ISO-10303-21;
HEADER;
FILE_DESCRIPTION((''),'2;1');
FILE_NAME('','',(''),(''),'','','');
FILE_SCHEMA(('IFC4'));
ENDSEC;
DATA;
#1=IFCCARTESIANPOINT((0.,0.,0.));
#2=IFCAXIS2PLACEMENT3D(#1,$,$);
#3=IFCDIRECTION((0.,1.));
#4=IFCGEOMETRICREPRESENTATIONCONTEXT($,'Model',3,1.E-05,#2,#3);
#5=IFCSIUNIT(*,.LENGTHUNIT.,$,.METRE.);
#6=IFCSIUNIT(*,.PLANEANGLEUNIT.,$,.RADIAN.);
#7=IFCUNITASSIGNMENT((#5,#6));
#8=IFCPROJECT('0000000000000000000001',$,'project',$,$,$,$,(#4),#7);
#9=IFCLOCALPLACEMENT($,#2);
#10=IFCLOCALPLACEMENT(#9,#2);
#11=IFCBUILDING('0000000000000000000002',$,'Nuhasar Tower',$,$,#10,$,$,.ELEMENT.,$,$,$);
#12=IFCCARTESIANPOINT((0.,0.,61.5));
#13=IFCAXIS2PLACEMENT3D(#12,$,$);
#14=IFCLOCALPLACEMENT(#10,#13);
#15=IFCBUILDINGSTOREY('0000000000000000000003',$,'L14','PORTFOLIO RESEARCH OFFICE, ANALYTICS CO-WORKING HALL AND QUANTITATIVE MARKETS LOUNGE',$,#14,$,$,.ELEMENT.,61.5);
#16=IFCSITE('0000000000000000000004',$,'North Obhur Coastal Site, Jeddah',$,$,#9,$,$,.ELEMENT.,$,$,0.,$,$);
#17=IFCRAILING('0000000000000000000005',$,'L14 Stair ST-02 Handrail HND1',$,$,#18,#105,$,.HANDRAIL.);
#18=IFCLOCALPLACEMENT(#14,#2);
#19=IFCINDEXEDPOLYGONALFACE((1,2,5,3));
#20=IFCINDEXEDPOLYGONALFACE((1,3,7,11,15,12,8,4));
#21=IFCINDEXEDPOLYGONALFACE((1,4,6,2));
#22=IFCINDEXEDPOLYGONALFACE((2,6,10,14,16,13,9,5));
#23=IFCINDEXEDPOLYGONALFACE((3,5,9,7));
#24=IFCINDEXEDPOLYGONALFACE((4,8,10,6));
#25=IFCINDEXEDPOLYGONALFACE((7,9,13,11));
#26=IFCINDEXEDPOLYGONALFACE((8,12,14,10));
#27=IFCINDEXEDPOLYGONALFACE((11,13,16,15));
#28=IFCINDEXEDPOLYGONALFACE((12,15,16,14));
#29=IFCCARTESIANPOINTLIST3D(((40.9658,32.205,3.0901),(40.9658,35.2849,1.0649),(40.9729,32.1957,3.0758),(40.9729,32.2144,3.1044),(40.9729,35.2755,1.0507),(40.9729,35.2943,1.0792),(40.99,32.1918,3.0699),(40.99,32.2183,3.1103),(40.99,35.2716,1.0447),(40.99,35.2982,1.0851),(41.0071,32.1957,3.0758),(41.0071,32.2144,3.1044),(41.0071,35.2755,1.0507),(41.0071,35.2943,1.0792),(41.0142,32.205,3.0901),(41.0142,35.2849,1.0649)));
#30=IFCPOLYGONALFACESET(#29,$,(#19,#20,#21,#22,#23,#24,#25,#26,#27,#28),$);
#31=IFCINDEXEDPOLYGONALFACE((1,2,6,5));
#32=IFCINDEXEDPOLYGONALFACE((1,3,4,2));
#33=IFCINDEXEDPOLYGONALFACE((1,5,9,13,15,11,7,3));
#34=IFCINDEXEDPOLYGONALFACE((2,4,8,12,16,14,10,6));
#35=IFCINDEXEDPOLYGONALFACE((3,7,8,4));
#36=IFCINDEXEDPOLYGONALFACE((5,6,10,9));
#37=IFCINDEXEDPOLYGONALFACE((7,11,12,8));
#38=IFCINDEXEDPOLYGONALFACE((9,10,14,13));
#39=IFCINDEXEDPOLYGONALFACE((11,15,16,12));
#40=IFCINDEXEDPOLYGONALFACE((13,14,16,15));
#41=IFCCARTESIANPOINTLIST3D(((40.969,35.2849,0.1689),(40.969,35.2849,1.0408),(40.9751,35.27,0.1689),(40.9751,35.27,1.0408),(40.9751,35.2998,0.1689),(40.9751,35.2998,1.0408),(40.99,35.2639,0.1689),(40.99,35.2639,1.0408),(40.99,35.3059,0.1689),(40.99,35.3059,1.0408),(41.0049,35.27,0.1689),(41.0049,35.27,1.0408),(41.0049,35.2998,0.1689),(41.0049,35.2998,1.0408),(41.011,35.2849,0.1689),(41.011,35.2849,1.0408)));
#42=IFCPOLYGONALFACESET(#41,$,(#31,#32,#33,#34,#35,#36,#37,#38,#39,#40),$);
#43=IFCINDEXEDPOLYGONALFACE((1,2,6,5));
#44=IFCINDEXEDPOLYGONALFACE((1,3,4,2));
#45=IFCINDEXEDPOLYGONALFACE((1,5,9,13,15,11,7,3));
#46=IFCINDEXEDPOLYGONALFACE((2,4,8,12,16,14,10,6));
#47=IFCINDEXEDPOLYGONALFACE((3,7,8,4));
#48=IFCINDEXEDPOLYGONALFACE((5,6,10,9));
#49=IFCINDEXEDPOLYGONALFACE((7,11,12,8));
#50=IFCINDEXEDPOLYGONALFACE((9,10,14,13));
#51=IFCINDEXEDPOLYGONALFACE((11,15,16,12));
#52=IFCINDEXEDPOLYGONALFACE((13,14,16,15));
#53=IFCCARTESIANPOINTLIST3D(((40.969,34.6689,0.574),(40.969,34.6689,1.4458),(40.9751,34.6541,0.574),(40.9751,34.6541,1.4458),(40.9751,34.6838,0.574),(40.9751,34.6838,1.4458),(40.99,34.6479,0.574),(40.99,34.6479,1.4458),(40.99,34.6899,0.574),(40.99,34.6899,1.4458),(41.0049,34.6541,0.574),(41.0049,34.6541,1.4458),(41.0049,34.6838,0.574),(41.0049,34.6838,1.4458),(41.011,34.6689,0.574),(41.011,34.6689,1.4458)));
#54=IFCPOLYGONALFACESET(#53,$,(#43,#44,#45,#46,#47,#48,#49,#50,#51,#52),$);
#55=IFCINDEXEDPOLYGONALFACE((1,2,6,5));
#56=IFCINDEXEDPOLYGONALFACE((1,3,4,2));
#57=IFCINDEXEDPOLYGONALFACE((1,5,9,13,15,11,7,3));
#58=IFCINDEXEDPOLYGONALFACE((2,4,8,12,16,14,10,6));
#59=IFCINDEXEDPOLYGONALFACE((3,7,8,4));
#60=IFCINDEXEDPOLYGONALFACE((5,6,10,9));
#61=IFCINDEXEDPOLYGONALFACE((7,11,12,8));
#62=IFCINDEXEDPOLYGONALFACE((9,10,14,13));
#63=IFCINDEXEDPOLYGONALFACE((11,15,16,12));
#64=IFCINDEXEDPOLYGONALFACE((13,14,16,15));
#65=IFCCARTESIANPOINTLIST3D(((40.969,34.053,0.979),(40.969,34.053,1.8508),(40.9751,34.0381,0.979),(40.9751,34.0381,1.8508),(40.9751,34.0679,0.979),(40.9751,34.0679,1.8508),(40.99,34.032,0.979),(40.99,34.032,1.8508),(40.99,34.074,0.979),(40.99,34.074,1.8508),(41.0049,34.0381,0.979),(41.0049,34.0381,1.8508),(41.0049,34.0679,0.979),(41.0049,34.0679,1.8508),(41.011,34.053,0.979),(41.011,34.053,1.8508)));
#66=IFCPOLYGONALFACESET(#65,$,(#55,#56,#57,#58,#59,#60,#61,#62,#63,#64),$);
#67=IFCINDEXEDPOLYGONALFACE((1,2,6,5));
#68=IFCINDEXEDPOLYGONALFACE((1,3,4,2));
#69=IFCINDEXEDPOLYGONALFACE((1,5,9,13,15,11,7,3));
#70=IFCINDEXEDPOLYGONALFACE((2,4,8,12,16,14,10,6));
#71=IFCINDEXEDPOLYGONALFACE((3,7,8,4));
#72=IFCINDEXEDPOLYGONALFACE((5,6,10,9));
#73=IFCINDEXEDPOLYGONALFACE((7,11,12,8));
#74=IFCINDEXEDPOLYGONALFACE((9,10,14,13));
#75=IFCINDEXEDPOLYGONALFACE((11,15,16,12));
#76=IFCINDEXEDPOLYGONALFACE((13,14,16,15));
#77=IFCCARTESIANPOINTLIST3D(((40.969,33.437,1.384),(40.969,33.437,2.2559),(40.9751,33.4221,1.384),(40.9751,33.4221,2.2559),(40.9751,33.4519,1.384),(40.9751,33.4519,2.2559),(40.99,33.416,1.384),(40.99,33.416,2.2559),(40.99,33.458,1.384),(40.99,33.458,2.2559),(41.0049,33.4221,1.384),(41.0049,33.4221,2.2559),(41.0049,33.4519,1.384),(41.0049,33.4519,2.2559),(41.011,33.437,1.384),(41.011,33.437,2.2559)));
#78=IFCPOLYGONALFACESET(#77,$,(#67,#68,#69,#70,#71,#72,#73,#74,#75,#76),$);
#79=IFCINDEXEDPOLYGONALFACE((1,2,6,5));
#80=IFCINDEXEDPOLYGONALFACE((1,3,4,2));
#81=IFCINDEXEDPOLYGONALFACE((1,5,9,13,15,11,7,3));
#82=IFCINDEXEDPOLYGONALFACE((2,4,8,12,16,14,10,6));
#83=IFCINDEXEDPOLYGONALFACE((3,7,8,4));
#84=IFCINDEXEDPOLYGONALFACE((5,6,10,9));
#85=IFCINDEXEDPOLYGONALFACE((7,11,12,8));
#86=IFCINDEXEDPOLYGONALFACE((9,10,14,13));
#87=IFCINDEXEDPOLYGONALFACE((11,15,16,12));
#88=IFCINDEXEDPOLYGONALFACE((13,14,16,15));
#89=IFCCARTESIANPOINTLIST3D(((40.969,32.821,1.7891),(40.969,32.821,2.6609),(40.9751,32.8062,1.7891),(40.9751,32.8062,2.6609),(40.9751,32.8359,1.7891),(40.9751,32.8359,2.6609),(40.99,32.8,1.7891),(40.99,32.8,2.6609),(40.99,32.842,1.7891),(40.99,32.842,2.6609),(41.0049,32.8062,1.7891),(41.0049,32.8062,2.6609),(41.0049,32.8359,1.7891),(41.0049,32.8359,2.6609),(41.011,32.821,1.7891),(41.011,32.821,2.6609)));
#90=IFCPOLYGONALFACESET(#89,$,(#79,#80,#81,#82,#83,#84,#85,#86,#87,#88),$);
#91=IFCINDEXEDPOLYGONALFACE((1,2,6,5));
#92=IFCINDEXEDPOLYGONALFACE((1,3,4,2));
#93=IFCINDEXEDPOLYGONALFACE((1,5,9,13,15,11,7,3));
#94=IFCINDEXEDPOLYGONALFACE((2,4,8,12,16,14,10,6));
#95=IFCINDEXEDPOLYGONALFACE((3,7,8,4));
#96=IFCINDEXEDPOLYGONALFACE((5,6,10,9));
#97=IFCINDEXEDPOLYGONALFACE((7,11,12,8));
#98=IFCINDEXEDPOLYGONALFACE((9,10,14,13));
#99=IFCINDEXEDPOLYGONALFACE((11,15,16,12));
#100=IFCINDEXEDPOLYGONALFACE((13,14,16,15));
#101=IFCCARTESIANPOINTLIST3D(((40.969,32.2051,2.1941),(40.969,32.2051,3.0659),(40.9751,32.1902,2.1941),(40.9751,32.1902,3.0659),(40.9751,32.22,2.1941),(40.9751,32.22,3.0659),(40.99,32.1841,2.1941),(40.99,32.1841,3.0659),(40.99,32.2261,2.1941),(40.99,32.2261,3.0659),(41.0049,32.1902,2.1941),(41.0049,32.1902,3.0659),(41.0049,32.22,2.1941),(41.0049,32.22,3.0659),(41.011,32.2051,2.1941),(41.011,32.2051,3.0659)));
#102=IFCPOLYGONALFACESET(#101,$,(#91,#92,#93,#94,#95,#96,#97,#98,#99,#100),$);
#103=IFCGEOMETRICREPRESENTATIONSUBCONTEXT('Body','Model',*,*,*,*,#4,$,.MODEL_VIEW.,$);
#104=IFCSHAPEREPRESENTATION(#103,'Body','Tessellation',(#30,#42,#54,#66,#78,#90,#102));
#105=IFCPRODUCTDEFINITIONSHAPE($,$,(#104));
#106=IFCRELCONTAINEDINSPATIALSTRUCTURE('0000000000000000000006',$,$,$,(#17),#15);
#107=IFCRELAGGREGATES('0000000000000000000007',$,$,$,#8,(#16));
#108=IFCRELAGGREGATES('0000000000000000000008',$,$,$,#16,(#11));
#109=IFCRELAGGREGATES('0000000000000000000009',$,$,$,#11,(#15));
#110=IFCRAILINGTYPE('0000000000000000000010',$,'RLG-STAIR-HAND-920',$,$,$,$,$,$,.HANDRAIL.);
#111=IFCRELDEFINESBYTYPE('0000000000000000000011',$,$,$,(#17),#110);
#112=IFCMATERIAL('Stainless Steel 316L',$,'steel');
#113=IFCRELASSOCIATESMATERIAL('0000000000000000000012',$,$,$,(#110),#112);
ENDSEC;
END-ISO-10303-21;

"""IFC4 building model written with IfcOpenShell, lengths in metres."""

from ifc_helpers import new_model, si_unit, direction, frame, origin, place, context, subcontext, project, spatial, polyline, outline, extrude, material, type_object, element, save


model = new_model("IFC4")

# Units and contexts
model_context = context("Model", 3, precision=1e-05, world=origin(), true_north=direction((0.0, 1.0)))
body_context = subcontext(model_context, "Body", "Model", "MODEL_VIEW")
ifc_project = project(units=[si_unit("LENGTHUNIT", "METRE"), si_unit("PLANEANGLEUNIT", "RADIAN")], contexts=[model_context])

# Site, building, storey
site_placement = place(None, origin())
site = spatial("IfcSite", under=ifc_project, at=site_placement, Name="North Obhur Coastal Site, Jeddah", CompositionType="ELEMENT", RefElevation=0.0)
building_placement = place(site_placement, origin())
building = spatial("IfcBuilding", under=site, at=building_placement, Name="Nuhasar Tower", CompositionType="ELEMENT")
storey_placement = place(building_placement, frame((0.0, 0.0, 61.5)))
storey = spatial("IfcBuildingStorey", under=building, at=storey_placement, Name="L14", Description="PORTFOLIO RESEARCH OFFICE, ANALYTICS CO-WORKING HALL AND QUANTITATIVE MARKETS LOUNGE", CompositionType="ELEMENT", Elevation=61.5)

# Railing
ifc_material_1 = material(Name="Stainless Steel 316L", Category="steel")
railing_type_1 = type_object("IfcRailingType", Name="RLG-STAIR-HAND-920", PredefinedType="HANDRAIL", material=ifc_material_1)
railing_1_placement = place(storey_placement, frame((40.99, 35.2849, 0.1689)))
element("IfcRailing", 1, at=railing_1_placement, inside=storey, type_object=railing_type_1, Name="L14 Stair ST-02 Handrail HND1", PredefinedType="HANDRAIL", context=body_context, shape_type="SweptSolid", body=[
    extrude(outline(polyline([(0.0242, 0.0), (0.0171, 0.0171), (0.0, 0.0242), (-0.0171, 0.0171), (-0.0242, 0.0), (-0.0171, -0.0171), (0.0, -0.0242), (0.0171, -0.0171), (0.0242, 0.0)])), frame((0.0, 0.0, 0.896), z_axis=(0.0, -0.835549, 0.549416), x_axis=(1.0, 0.0, 0.0)), (0.0, 0.0, 1.0), 3.686),
    extrude(outline(polyline([(0.021, 0.0), (0.0149, 0.0149), (0.0, 0.021), (-0.0149, 0.0149), (-0.021, 0.0), (-0.0149, -0.0149), (0.0, -0.021), (0.0149, -0.0149), (0.021, 0.0)])), origin(), (0.0, 0.0, 1.0), 0.8718),
    extrude(outline(polyline([(0.021, 0.0), (0.0149, 0.0149), (0.0, 0.021), (-0.0149, 0.0149), (-0.021, 0.0), (-0.0149, -0.0149), (0.0, -0.021), (0.0149, -0.0149), (0.021, 0.0)])), frame((0.0, -0.616, 0.405)), (0.0, 0.0, 1.0), 0.8718),
    extrude(outline(polyline([(0.021, 0.0), (0.0149, 0.0149), (0.0, 0.021), (-0.0149, 0.0149), (-0.021, 0.0), (-0.0149, -0.0149), (0.0, -0.021), (0.0149, -0.0149), (0.021, 0.0)])), frame((0.0, -1.2319, 0.8101)), (0.0, 0.0, 1.0), 0.8718),
    extrude(outline(polyline([(0.021, 0.0), (0.0149, 0.0149), (0.0, 0.021), (-0.0149, 0.0149), (-0.021, 0.0), (-0.0149, -0.0149), (0.0, -0.021), (0.0149, -0.0149), (0.021, 0.0)])), frame((0.0, -1.8479, 1.2151)), (0.0, 0.0, 1.0), 0.8718),
    extrude(outline(polyline([(0.021, 0.0), (0.0149, 0.0149), (0.0, 0.021), (-0.0149, 0.0149), (-0.021, 0.0), (-0.0149, -0.0149), (0.0, -0.021), (0.0149, -0.0149), (0.021, 0.0)])), frame((0.0, -2.4639, 1.6201)), (0.0, 0.0, 1.0), 0.8718),
    extrude(outline(polyline([(0.021, 0.0), (0.0149, 0.0149), (0.0, 0.021), (-0.0149, 0.0149), (-0.021, 0.0), (-0.0149, -0.0149), (0.0, -0.021), (0.0149, -0.0149), (0.021, 0.0)])), frame((0.0, -3.0798, 2.0251)), (0.0, 0.0, 1.0), 0.8718),
])

save(model, "model.ifc")
